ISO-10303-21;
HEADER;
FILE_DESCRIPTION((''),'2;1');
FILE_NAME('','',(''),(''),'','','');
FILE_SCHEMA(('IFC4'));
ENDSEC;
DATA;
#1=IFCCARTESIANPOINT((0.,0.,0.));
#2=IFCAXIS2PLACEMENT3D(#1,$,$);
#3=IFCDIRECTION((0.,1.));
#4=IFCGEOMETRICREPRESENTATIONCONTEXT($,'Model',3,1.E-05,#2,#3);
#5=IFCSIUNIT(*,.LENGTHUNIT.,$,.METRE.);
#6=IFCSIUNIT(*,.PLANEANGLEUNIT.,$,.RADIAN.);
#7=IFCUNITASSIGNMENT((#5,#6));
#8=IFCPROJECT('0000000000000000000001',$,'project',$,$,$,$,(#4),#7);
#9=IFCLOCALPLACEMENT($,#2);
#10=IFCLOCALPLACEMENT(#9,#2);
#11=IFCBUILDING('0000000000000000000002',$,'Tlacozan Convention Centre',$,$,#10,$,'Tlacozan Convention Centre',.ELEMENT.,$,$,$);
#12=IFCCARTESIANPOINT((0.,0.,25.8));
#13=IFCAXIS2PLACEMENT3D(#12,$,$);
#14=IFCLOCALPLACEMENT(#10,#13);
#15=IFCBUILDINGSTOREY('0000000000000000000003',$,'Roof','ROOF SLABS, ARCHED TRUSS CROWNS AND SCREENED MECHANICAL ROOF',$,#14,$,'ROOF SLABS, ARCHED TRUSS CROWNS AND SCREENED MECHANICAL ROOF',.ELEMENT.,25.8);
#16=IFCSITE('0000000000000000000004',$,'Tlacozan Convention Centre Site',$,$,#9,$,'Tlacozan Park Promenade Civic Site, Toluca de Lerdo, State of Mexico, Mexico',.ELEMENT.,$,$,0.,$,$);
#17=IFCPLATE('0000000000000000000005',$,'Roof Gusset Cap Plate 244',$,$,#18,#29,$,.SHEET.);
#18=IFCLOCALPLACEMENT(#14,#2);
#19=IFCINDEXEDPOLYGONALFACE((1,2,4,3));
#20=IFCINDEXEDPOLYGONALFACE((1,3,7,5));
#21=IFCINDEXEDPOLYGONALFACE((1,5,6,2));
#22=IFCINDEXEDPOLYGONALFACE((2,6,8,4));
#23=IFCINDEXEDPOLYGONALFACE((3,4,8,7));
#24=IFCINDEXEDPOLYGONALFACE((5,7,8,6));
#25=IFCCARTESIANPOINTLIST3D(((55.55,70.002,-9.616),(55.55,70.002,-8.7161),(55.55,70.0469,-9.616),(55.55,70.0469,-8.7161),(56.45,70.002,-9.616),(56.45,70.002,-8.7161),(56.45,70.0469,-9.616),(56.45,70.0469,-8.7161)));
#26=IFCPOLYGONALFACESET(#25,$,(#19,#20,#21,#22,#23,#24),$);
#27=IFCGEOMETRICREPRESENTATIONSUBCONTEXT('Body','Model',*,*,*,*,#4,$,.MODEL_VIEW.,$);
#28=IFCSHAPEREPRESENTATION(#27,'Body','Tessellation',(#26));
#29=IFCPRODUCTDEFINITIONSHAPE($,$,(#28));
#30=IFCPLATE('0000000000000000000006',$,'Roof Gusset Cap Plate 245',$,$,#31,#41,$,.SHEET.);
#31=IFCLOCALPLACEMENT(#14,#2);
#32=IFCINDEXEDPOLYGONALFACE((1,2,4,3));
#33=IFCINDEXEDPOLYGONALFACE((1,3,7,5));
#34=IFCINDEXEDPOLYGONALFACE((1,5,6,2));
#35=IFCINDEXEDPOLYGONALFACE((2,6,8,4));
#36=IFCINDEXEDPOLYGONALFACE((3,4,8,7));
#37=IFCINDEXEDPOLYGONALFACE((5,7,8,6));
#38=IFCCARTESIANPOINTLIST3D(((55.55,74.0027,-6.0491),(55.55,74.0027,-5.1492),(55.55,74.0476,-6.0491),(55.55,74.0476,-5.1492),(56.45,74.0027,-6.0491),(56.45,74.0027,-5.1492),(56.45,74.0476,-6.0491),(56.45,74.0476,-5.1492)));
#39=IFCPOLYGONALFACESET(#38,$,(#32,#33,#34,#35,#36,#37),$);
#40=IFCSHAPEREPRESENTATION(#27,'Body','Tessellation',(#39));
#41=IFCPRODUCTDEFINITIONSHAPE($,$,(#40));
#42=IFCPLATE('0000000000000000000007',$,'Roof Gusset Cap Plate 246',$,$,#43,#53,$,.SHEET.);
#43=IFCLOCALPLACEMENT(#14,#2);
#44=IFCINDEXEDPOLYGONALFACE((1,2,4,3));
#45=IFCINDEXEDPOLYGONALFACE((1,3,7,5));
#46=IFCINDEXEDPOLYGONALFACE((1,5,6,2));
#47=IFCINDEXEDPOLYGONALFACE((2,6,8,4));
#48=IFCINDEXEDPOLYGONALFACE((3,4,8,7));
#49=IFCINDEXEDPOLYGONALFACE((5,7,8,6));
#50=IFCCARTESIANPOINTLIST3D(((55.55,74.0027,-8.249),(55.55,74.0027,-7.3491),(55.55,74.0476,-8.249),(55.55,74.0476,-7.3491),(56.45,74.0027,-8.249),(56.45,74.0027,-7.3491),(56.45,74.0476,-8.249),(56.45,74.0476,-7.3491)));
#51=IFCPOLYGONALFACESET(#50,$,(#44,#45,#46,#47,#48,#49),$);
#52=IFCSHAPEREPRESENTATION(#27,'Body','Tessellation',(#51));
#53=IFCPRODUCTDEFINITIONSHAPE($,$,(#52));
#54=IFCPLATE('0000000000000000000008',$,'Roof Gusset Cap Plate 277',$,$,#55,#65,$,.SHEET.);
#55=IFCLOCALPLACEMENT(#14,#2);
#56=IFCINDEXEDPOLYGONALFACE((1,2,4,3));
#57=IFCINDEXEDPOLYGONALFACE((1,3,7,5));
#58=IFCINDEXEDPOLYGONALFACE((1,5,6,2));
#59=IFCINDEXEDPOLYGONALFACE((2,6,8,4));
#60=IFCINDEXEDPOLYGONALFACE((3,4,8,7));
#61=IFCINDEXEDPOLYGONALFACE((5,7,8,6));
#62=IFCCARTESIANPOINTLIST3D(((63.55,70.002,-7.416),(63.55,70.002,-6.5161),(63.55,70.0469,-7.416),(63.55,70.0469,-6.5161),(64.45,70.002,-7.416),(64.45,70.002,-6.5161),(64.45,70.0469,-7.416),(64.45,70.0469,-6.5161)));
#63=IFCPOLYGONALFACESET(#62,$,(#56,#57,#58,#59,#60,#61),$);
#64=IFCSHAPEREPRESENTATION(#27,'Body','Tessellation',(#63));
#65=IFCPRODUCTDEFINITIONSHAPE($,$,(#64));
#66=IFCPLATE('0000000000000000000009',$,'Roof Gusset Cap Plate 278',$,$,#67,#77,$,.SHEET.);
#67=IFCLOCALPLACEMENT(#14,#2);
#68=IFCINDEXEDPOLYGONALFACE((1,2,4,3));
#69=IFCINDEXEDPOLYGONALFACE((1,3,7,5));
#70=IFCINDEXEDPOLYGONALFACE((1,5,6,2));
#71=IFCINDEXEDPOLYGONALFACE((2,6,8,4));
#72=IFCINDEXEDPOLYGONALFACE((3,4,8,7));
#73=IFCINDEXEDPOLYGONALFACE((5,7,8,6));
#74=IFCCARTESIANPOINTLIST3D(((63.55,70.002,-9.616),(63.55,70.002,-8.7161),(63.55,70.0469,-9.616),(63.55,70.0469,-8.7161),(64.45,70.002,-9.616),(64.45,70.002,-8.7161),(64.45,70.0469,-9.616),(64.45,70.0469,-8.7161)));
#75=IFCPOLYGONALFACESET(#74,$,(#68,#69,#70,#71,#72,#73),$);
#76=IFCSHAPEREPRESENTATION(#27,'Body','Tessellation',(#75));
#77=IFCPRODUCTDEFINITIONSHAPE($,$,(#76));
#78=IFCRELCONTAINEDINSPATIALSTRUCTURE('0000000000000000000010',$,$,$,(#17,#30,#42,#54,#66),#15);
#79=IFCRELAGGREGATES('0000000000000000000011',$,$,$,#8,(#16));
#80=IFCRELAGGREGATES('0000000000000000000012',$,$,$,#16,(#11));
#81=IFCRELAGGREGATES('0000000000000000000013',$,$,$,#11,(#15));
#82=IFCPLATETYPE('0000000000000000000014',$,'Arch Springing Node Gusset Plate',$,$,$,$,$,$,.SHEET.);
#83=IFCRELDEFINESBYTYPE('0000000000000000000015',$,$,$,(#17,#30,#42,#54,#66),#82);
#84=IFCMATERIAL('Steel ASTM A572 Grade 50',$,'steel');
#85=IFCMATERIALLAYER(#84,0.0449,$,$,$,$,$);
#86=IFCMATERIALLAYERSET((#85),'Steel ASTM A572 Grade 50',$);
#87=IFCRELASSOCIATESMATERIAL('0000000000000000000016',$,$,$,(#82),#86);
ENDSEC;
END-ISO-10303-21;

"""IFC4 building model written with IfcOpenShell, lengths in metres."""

from ifc_helpers import new_model, si_unit, direction, frame, origin, origin_2d, place, context, subcontext, project, spatial, rectangle, extrude, material, layer, layer_set, type_object, element, save


model = new_model("IFC4")

# Units and contexts
model_context = context("Model", 3, precision=1e-05, world=origin(), true_north=direction((0.0, 1.0)))
body_context = subcontext(model_context, "Body", "Model", "MODEL_VIEW")
ifc_project = project(units=[si_unit("LENGTHUNIT", "METRE"), si_unit("PLANEANGLEUNIT", "RADIAN")], contexts=[model_context])

# Site, building, storey
site_placement = place(None, origin())
site = spatial("IfcSite", under=ifc_project, at=site_placement, Name="Tlacozan Convention Centre Site", LongName="Tlacozan Park Promenade Civic Site, Toluca de Lerdo, State of Mexico, Mexico", CompositionType="ELEMENT", RefElevation=0.0)
building_placement = place(site_placement, origin())
building = spatial("IfcBuilding", under=site, at=building_placement, Name="Tlacozan Convention Centre", LongName="Tlacozan Convention Centre", CompositionType="ELEMENT")
storey_placement = place(building_placement, frame((0.0, 0.0, 25.8)))
storey = spatial("IfcBuildingStorey", under=building, at=storey_placement, Name="Roof", Description="ROOF SLABS, ARCHED TRUSS CROWNS AND SCREENED MECHANICAL ROOF", LongName="ROOF SLABS, ARCHED TRUSS CROWNS AND SCREENED MECHANICAL ROOF", CompositionType="ELEMENT", Elevation=25.8)

# Plates
ifc_material_1 = material(Name="Steel ASTM A572 Grade 50", Category="steel")
ifc_layer = layer(ifc_material_1, 0.0449)
ifc_layer_set = layer_set([ifc_layer], Name="Steel ASTM A572 Grade 50")
plate_type = type_object("IfcPlateType", Name="Arch Springing Node Gusset Plate", PredefinedType="SHEET", material=ifc_layer_set)
for number, where, z_axis, x_axis, name in (
    (1, (56.0, 70.0244, -9.616), (0.0, 0.0, 1.0), (0.0, 1.0, 0.0), "Roof Gusset Cap Plate 244"),
    (2, (56.0, 74.0251, -6.0491), (0.0, 0.0, 1.0), (0.0, 1.0, 0.0), "Roof Gusset Cap Plate 245"),
    (3, (56.0, 74.0251, -8.249), (0.0, 0.0, 1.0), (0.0, 1.0, 0.0), "Roof Gusset Cap Plate 246"),
    (4, (64.0, 70.0244, -7.416), (0.0, 0.0, 1.0), (0.0, 1.0, 0.0), "Roof Gusset Cap Plate 277"),
    (5, (64.0, 70.0244, -9.616), (0.0, 0.0, 1.0), (0.0, 1.0, 0.0), "Roof Gusset Cap Plate 278"),
):
    element("IfcPlate", number, at=place(storey_placement, frame(where, z_axis=z_axis, x_axis=x_axis)), inside=storey, type_object=plate_type, Name=name, PredefinedType="SHEET", context=body_context, shape_type="SweptSolid", body=[
        extrude(rectangle(XDim=0.0449, YDim=0.8999, at=origin_2d()), origin(), (0.0, 0.0, 1.0), 0.8999),
    ])

save(model, "model.ifc")
